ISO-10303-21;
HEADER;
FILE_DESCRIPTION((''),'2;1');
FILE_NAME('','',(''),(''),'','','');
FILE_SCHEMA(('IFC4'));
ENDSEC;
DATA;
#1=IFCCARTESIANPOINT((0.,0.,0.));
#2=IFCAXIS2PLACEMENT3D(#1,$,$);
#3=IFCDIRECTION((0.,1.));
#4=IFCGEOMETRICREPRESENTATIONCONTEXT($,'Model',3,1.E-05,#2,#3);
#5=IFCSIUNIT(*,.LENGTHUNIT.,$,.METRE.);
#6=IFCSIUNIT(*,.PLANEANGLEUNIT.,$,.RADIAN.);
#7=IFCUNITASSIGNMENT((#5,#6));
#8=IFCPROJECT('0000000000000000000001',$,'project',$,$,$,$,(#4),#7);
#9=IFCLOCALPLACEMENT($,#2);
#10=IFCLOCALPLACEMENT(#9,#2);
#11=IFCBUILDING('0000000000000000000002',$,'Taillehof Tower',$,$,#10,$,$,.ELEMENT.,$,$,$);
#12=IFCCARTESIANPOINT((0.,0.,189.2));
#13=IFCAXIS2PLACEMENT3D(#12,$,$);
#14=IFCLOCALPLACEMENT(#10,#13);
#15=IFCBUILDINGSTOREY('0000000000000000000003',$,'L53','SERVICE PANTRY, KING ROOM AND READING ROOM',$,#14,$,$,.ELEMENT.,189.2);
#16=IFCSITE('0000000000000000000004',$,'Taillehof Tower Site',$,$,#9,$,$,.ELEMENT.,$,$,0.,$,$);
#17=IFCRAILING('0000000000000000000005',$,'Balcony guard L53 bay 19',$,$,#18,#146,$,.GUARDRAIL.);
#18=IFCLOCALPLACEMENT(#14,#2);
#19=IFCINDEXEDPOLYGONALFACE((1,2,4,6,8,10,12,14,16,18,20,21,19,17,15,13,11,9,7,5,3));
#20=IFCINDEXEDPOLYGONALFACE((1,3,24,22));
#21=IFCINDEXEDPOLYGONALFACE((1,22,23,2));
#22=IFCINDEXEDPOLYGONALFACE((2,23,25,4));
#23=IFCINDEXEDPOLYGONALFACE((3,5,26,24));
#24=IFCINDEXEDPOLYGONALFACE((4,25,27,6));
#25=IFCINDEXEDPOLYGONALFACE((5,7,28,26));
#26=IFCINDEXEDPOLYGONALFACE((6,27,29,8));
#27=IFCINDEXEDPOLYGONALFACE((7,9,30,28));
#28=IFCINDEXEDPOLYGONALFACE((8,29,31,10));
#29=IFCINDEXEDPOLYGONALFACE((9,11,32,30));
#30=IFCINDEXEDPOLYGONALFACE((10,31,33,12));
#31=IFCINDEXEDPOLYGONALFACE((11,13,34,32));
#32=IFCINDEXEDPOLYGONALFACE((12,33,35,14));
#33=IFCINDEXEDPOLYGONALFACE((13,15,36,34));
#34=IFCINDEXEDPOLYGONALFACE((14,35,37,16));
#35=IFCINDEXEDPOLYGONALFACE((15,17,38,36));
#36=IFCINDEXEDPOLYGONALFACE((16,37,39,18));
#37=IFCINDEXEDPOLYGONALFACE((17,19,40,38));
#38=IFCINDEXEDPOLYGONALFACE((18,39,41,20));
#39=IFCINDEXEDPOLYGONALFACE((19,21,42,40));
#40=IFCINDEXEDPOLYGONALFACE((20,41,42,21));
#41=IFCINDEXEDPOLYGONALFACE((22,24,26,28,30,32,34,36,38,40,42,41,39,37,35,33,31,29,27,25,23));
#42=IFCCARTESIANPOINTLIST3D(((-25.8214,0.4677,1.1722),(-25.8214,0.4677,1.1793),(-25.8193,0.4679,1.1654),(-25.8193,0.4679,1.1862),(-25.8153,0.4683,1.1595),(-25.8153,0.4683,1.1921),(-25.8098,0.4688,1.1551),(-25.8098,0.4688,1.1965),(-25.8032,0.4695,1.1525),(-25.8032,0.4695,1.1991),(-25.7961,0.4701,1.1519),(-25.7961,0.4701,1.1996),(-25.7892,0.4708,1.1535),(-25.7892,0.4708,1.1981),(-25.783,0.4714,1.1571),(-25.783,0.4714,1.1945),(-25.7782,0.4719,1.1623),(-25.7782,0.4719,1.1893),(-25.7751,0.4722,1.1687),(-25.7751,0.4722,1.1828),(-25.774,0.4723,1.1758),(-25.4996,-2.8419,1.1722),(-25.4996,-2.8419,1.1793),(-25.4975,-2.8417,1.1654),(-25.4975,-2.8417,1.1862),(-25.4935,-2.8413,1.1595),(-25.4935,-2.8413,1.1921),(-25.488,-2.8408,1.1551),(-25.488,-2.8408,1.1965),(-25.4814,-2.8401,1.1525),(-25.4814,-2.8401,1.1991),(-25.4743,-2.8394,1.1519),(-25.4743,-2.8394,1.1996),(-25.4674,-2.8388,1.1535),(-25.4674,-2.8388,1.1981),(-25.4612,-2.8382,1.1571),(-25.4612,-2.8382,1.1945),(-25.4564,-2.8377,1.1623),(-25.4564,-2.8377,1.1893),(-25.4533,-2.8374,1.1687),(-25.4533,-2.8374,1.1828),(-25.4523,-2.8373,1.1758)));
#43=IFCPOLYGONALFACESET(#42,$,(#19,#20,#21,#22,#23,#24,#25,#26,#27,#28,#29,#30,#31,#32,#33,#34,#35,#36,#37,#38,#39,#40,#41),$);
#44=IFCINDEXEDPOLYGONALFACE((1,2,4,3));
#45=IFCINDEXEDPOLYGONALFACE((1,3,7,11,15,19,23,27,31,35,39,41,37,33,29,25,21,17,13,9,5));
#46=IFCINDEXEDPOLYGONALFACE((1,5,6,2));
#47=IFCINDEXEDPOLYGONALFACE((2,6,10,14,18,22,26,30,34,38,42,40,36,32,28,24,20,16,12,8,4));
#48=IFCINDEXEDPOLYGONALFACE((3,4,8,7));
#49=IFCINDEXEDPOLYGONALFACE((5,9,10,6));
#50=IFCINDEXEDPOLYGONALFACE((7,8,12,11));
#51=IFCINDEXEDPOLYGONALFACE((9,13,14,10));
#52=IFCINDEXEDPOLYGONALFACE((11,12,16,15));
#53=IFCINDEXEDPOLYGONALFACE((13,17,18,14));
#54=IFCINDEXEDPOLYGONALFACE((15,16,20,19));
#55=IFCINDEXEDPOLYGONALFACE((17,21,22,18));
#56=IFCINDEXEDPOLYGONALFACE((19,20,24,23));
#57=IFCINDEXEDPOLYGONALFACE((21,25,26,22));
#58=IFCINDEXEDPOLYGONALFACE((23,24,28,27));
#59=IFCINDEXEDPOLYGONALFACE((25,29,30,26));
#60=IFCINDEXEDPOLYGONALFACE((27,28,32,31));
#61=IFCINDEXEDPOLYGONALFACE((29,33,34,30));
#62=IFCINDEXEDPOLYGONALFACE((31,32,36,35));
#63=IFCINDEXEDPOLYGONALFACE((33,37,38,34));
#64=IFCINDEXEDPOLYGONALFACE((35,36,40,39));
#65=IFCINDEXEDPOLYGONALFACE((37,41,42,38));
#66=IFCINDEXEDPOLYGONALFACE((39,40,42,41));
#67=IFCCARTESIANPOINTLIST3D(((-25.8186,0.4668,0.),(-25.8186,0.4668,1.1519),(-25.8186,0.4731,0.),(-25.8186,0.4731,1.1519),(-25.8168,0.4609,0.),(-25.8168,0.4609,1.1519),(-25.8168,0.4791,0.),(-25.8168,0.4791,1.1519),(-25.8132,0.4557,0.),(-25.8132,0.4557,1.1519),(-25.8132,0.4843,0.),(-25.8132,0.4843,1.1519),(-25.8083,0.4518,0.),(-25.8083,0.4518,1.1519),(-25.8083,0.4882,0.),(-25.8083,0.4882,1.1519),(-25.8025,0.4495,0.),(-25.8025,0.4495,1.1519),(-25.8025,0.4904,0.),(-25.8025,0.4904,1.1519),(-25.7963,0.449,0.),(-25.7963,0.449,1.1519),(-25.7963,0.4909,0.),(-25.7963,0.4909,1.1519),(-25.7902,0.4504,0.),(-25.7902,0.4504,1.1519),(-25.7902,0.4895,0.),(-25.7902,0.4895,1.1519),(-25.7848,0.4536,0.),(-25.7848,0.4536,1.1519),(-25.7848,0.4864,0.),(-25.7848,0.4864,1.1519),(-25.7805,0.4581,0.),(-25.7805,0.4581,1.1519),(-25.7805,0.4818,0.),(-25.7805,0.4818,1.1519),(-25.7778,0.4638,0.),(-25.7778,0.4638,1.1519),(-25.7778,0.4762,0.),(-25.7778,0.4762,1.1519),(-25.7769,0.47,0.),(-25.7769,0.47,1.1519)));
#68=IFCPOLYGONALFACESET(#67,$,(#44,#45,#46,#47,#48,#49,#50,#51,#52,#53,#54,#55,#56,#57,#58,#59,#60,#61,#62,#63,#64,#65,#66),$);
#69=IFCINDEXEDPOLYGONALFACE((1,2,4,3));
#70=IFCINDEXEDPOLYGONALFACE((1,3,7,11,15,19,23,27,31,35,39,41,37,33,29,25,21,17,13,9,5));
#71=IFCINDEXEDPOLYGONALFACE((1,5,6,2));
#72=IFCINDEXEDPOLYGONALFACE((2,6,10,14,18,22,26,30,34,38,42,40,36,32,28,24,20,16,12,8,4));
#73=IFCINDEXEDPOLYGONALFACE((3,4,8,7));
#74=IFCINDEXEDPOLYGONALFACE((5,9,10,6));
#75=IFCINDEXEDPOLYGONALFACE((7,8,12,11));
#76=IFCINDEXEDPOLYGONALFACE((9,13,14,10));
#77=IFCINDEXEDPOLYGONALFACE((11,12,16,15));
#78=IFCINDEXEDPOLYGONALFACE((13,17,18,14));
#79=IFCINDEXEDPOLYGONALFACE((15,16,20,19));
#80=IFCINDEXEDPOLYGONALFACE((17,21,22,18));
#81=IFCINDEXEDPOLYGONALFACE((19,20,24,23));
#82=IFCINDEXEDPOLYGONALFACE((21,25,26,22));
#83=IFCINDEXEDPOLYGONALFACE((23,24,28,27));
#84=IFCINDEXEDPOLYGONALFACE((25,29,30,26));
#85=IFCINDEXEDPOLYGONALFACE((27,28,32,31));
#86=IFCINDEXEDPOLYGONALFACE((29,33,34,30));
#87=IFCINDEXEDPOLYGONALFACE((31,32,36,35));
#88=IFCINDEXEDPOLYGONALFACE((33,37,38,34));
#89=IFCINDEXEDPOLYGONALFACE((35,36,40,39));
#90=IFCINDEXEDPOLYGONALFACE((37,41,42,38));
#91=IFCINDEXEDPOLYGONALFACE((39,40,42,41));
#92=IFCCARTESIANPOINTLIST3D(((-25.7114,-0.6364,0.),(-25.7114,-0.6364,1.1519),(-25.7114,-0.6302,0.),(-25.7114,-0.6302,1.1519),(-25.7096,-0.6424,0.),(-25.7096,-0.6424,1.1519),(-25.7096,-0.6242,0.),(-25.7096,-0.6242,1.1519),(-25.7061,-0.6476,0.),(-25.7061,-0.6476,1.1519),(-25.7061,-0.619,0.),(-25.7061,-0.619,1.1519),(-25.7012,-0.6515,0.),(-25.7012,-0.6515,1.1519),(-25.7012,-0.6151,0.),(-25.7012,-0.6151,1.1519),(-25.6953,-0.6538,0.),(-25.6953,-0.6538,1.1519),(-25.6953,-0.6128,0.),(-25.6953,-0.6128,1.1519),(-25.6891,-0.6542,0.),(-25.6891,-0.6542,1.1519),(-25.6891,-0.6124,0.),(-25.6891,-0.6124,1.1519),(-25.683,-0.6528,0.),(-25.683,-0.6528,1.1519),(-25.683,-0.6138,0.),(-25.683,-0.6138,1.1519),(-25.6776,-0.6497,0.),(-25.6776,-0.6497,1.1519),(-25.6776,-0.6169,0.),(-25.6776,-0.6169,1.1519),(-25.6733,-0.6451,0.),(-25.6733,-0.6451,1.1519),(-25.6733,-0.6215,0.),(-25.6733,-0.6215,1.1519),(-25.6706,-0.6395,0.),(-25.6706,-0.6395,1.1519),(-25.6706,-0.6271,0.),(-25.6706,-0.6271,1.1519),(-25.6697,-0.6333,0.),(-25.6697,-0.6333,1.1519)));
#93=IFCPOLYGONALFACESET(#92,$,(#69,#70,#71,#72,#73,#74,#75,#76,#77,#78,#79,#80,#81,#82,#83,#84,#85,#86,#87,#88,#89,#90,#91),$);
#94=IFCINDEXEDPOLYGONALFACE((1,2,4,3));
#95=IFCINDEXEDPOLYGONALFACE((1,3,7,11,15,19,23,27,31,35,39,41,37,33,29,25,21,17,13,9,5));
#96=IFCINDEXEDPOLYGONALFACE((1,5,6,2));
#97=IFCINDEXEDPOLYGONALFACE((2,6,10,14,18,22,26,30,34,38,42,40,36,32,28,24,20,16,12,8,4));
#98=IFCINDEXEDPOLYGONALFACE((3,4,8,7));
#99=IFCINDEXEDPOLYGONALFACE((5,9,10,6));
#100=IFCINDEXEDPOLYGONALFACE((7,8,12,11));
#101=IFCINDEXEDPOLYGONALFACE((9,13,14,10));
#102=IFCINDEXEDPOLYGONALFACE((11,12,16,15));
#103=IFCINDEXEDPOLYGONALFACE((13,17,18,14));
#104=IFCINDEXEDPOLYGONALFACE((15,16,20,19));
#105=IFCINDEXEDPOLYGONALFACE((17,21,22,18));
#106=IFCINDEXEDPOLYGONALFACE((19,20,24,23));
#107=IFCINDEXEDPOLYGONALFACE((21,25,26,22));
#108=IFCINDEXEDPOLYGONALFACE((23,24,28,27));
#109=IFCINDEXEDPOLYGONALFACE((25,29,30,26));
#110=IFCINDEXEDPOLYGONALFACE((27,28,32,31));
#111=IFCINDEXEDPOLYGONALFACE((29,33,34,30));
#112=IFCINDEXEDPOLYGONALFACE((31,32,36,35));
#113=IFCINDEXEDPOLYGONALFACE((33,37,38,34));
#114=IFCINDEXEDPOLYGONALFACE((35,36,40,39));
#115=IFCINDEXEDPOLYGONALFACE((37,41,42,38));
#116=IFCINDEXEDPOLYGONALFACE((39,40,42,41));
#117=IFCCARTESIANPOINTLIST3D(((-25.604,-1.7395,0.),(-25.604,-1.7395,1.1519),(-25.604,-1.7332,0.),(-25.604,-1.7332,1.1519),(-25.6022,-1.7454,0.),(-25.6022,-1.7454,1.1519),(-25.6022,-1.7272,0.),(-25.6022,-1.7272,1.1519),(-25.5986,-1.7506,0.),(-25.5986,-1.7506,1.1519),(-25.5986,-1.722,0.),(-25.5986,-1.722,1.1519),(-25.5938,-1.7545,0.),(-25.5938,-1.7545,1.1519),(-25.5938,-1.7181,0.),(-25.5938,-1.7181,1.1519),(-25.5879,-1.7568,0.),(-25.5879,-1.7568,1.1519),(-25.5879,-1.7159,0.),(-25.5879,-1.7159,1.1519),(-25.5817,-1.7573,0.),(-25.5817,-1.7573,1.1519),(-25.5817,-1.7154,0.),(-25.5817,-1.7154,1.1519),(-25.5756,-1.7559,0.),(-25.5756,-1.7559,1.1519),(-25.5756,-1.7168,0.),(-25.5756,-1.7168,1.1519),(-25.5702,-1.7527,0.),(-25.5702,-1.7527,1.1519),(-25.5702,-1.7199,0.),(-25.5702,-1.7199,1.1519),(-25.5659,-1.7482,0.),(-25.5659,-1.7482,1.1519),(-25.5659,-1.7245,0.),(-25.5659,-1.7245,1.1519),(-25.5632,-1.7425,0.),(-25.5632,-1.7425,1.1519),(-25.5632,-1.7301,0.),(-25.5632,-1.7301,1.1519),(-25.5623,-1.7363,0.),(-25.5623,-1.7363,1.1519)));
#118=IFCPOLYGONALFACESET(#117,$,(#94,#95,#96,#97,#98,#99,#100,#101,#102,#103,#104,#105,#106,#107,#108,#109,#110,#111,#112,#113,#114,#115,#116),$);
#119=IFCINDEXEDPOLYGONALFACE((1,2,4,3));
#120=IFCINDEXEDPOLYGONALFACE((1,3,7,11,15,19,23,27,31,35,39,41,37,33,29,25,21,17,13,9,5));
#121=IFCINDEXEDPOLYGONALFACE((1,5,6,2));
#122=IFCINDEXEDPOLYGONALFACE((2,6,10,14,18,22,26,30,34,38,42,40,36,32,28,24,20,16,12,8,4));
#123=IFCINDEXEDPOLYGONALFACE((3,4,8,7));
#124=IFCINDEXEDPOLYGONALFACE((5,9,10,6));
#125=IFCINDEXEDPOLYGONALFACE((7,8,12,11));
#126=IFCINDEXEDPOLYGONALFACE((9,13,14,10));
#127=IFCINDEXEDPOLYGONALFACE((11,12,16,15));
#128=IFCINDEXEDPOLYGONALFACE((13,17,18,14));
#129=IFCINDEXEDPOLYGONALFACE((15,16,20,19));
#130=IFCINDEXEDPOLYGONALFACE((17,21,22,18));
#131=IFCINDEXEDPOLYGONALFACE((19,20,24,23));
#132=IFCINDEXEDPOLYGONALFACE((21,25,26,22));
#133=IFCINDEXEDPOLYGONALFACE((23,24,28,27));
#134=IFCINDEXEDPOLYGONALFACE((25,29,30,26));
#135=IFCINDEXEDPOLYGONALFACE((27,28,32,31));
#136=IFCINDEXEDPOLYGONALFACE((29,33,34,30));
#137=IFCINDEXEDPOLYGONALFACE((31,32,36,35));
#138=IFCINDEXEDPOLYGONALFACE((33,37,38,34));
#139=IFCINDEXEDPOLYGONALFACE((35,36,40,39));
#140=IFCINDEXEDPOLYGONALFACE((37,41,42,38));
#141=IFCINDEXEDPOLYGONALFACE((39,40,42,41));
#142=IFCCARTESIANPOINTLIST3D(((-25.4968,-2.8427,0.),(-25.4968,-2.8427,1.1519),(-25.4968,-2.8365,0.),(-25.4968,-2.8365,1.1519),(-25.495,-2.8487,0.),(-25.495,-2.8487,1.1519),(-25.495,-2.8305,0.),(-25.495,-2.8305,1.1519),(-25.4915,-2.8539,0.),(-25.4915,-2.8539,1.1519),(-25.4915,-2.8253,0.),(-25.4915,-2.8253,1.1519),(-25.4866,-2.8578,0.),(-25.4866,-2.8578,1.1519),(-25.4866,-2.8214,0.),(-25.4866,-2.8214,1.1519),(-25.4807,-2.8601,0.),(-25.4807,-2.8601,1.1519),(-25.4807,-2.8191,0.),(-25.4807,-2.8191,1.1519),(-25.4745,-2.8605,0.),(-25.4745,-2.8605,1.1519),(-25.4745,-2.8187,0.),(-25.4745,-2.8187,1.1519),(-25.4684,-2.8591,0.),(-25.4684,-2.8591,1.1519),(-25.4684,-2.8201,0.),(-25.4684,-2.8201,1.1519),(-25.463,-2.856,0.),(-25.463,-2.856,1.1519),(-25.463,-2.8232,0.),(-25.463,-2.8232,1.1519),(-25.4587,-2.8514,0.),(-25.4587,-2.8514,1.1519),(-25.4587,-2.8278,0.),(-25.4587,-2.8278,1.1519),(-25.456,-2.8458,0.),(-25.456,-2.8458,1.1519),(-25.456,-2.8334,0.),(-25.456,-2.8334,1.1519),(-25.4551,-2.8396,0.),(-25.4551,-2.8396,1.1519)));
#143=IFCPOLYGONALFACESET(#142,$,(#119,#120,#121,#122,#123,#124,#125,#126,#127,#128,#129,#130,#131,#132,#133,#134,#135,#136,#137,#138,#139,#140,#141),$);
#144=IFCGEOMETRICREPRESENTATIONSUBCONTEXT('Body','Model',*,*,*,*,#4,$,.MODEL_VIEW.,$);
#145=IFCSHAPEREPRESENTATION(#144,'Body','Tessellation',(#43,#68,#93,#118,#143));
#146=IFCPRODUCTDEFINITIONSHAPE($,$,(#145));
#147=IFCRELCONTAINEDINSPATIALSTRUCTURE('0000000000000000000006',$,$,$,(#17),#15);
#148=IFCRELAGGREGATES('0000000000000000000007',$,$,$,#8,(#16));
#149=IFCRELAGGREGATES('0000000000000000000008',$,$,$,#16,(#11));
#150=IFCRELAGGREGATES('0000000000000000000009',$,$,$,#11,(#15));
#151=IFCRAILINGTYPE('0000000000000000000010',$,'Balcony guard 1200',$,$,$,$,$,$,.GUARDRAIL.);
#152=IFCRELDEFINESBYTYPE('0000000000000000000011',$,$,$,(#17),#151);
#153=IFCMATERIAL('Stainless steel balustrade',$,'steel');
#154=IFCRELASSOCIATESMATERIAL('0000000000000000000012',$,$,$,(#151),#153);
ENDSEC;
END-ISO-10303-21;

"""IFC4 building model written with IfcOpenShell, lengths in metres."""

from ifc_helpers import new_model, si_unit, direction, frame, origin, origin_2d, place, context, subcontext, project, spatial, circle, extrude, material, type_object, element, save


model = new_model("IFC4")

# Units and contexts
model_context = context("Model", 3, precision=1e-05, world=origin(), true_north=direction((0.0, 1.0)))
body_context = subcontext(model_context, "Body", "Model", "MODEL_VIEW")
ifc_project = project(units=[si_unit("LENGTHUNIT", "METRE"), si_unit("PLANEANGLEUNIT", "RADIAN")], contexts=[model_context])

# Site, building, storey
site_placement = place(None, origin())
site = spatial("IfcSite", under=ifc_project, at=site_placement, Name="Taillehof Tower Site", CompositionType="ELEMENT", RefElevation=0.0)
building_placement = place(site_placement, origin())
building = spatial("IfcBuilding", under=site, at=building_placement, Name="Taillehof Tower", CompositionType="ELEMENT")
storey_placement = place(building_placement, frame((0.0, 0.0, 189.2)))
storey = spatial("IfcBuildingStorey", under=building, at=storey_placement, Name="L53", Description="SERVICE PANTRY, KING ROOM AND READING ROOM", CompositionType="ELEMENT", Elevation=189.2)

# Railing
ifc_material_1 = material(Name="Stainless steel balustrade", Category="steel")
railing_type = type_object("IfcRailingType", Name="Balcony guard 1200", PredefinedType="GUARDRAIL", material=ifc_material_1)
railing_1_placement = place(storey_placement, frame((-25.7979, 0.47, 0.0)))
element("IfcRailing", 1, at=railing_1_placement, inside=storey, type_object=railing_type, Name="Balcony guard L53 bay 19", PredefinedType="GUARDRAIL", context=body_context, shape_type="SweptSolid", body=[
    extrude(circle(Radius=0.0239, at=origin_2d()), frame((0.0, 0.0, 1.1758), z_axis=(0.09677, -0.995307, 0.0), x_axis=(0.995307, 0.09677, 0.0)), (0.0, 0.0, 1.0), 3.3252),
    extrude(circle(Radius=0.021, at=origin_2d()), origin(), (0.0, 0.0, 1.0), 1.1519),
    extrude(circle(Radius=0.021, at=origin_2d()), frame((0.1072, -1.1033, 0.0)), (0.0, 0.0, 1.0), 1.1519),
    extrude(circle(Radius=0.021, at=origin_2d()), frame((0.2146, -2.2063, 0.0)), (0.0, 0.0, 1.0), 1.1519),
    extrude(circle(Radius=0.021, at=origin_2d()), frame((0.3218, -3.3096, 0.0)), (0.0, 0.0, 1.0), 1.1519),
])

save(model, "model.ifc")
